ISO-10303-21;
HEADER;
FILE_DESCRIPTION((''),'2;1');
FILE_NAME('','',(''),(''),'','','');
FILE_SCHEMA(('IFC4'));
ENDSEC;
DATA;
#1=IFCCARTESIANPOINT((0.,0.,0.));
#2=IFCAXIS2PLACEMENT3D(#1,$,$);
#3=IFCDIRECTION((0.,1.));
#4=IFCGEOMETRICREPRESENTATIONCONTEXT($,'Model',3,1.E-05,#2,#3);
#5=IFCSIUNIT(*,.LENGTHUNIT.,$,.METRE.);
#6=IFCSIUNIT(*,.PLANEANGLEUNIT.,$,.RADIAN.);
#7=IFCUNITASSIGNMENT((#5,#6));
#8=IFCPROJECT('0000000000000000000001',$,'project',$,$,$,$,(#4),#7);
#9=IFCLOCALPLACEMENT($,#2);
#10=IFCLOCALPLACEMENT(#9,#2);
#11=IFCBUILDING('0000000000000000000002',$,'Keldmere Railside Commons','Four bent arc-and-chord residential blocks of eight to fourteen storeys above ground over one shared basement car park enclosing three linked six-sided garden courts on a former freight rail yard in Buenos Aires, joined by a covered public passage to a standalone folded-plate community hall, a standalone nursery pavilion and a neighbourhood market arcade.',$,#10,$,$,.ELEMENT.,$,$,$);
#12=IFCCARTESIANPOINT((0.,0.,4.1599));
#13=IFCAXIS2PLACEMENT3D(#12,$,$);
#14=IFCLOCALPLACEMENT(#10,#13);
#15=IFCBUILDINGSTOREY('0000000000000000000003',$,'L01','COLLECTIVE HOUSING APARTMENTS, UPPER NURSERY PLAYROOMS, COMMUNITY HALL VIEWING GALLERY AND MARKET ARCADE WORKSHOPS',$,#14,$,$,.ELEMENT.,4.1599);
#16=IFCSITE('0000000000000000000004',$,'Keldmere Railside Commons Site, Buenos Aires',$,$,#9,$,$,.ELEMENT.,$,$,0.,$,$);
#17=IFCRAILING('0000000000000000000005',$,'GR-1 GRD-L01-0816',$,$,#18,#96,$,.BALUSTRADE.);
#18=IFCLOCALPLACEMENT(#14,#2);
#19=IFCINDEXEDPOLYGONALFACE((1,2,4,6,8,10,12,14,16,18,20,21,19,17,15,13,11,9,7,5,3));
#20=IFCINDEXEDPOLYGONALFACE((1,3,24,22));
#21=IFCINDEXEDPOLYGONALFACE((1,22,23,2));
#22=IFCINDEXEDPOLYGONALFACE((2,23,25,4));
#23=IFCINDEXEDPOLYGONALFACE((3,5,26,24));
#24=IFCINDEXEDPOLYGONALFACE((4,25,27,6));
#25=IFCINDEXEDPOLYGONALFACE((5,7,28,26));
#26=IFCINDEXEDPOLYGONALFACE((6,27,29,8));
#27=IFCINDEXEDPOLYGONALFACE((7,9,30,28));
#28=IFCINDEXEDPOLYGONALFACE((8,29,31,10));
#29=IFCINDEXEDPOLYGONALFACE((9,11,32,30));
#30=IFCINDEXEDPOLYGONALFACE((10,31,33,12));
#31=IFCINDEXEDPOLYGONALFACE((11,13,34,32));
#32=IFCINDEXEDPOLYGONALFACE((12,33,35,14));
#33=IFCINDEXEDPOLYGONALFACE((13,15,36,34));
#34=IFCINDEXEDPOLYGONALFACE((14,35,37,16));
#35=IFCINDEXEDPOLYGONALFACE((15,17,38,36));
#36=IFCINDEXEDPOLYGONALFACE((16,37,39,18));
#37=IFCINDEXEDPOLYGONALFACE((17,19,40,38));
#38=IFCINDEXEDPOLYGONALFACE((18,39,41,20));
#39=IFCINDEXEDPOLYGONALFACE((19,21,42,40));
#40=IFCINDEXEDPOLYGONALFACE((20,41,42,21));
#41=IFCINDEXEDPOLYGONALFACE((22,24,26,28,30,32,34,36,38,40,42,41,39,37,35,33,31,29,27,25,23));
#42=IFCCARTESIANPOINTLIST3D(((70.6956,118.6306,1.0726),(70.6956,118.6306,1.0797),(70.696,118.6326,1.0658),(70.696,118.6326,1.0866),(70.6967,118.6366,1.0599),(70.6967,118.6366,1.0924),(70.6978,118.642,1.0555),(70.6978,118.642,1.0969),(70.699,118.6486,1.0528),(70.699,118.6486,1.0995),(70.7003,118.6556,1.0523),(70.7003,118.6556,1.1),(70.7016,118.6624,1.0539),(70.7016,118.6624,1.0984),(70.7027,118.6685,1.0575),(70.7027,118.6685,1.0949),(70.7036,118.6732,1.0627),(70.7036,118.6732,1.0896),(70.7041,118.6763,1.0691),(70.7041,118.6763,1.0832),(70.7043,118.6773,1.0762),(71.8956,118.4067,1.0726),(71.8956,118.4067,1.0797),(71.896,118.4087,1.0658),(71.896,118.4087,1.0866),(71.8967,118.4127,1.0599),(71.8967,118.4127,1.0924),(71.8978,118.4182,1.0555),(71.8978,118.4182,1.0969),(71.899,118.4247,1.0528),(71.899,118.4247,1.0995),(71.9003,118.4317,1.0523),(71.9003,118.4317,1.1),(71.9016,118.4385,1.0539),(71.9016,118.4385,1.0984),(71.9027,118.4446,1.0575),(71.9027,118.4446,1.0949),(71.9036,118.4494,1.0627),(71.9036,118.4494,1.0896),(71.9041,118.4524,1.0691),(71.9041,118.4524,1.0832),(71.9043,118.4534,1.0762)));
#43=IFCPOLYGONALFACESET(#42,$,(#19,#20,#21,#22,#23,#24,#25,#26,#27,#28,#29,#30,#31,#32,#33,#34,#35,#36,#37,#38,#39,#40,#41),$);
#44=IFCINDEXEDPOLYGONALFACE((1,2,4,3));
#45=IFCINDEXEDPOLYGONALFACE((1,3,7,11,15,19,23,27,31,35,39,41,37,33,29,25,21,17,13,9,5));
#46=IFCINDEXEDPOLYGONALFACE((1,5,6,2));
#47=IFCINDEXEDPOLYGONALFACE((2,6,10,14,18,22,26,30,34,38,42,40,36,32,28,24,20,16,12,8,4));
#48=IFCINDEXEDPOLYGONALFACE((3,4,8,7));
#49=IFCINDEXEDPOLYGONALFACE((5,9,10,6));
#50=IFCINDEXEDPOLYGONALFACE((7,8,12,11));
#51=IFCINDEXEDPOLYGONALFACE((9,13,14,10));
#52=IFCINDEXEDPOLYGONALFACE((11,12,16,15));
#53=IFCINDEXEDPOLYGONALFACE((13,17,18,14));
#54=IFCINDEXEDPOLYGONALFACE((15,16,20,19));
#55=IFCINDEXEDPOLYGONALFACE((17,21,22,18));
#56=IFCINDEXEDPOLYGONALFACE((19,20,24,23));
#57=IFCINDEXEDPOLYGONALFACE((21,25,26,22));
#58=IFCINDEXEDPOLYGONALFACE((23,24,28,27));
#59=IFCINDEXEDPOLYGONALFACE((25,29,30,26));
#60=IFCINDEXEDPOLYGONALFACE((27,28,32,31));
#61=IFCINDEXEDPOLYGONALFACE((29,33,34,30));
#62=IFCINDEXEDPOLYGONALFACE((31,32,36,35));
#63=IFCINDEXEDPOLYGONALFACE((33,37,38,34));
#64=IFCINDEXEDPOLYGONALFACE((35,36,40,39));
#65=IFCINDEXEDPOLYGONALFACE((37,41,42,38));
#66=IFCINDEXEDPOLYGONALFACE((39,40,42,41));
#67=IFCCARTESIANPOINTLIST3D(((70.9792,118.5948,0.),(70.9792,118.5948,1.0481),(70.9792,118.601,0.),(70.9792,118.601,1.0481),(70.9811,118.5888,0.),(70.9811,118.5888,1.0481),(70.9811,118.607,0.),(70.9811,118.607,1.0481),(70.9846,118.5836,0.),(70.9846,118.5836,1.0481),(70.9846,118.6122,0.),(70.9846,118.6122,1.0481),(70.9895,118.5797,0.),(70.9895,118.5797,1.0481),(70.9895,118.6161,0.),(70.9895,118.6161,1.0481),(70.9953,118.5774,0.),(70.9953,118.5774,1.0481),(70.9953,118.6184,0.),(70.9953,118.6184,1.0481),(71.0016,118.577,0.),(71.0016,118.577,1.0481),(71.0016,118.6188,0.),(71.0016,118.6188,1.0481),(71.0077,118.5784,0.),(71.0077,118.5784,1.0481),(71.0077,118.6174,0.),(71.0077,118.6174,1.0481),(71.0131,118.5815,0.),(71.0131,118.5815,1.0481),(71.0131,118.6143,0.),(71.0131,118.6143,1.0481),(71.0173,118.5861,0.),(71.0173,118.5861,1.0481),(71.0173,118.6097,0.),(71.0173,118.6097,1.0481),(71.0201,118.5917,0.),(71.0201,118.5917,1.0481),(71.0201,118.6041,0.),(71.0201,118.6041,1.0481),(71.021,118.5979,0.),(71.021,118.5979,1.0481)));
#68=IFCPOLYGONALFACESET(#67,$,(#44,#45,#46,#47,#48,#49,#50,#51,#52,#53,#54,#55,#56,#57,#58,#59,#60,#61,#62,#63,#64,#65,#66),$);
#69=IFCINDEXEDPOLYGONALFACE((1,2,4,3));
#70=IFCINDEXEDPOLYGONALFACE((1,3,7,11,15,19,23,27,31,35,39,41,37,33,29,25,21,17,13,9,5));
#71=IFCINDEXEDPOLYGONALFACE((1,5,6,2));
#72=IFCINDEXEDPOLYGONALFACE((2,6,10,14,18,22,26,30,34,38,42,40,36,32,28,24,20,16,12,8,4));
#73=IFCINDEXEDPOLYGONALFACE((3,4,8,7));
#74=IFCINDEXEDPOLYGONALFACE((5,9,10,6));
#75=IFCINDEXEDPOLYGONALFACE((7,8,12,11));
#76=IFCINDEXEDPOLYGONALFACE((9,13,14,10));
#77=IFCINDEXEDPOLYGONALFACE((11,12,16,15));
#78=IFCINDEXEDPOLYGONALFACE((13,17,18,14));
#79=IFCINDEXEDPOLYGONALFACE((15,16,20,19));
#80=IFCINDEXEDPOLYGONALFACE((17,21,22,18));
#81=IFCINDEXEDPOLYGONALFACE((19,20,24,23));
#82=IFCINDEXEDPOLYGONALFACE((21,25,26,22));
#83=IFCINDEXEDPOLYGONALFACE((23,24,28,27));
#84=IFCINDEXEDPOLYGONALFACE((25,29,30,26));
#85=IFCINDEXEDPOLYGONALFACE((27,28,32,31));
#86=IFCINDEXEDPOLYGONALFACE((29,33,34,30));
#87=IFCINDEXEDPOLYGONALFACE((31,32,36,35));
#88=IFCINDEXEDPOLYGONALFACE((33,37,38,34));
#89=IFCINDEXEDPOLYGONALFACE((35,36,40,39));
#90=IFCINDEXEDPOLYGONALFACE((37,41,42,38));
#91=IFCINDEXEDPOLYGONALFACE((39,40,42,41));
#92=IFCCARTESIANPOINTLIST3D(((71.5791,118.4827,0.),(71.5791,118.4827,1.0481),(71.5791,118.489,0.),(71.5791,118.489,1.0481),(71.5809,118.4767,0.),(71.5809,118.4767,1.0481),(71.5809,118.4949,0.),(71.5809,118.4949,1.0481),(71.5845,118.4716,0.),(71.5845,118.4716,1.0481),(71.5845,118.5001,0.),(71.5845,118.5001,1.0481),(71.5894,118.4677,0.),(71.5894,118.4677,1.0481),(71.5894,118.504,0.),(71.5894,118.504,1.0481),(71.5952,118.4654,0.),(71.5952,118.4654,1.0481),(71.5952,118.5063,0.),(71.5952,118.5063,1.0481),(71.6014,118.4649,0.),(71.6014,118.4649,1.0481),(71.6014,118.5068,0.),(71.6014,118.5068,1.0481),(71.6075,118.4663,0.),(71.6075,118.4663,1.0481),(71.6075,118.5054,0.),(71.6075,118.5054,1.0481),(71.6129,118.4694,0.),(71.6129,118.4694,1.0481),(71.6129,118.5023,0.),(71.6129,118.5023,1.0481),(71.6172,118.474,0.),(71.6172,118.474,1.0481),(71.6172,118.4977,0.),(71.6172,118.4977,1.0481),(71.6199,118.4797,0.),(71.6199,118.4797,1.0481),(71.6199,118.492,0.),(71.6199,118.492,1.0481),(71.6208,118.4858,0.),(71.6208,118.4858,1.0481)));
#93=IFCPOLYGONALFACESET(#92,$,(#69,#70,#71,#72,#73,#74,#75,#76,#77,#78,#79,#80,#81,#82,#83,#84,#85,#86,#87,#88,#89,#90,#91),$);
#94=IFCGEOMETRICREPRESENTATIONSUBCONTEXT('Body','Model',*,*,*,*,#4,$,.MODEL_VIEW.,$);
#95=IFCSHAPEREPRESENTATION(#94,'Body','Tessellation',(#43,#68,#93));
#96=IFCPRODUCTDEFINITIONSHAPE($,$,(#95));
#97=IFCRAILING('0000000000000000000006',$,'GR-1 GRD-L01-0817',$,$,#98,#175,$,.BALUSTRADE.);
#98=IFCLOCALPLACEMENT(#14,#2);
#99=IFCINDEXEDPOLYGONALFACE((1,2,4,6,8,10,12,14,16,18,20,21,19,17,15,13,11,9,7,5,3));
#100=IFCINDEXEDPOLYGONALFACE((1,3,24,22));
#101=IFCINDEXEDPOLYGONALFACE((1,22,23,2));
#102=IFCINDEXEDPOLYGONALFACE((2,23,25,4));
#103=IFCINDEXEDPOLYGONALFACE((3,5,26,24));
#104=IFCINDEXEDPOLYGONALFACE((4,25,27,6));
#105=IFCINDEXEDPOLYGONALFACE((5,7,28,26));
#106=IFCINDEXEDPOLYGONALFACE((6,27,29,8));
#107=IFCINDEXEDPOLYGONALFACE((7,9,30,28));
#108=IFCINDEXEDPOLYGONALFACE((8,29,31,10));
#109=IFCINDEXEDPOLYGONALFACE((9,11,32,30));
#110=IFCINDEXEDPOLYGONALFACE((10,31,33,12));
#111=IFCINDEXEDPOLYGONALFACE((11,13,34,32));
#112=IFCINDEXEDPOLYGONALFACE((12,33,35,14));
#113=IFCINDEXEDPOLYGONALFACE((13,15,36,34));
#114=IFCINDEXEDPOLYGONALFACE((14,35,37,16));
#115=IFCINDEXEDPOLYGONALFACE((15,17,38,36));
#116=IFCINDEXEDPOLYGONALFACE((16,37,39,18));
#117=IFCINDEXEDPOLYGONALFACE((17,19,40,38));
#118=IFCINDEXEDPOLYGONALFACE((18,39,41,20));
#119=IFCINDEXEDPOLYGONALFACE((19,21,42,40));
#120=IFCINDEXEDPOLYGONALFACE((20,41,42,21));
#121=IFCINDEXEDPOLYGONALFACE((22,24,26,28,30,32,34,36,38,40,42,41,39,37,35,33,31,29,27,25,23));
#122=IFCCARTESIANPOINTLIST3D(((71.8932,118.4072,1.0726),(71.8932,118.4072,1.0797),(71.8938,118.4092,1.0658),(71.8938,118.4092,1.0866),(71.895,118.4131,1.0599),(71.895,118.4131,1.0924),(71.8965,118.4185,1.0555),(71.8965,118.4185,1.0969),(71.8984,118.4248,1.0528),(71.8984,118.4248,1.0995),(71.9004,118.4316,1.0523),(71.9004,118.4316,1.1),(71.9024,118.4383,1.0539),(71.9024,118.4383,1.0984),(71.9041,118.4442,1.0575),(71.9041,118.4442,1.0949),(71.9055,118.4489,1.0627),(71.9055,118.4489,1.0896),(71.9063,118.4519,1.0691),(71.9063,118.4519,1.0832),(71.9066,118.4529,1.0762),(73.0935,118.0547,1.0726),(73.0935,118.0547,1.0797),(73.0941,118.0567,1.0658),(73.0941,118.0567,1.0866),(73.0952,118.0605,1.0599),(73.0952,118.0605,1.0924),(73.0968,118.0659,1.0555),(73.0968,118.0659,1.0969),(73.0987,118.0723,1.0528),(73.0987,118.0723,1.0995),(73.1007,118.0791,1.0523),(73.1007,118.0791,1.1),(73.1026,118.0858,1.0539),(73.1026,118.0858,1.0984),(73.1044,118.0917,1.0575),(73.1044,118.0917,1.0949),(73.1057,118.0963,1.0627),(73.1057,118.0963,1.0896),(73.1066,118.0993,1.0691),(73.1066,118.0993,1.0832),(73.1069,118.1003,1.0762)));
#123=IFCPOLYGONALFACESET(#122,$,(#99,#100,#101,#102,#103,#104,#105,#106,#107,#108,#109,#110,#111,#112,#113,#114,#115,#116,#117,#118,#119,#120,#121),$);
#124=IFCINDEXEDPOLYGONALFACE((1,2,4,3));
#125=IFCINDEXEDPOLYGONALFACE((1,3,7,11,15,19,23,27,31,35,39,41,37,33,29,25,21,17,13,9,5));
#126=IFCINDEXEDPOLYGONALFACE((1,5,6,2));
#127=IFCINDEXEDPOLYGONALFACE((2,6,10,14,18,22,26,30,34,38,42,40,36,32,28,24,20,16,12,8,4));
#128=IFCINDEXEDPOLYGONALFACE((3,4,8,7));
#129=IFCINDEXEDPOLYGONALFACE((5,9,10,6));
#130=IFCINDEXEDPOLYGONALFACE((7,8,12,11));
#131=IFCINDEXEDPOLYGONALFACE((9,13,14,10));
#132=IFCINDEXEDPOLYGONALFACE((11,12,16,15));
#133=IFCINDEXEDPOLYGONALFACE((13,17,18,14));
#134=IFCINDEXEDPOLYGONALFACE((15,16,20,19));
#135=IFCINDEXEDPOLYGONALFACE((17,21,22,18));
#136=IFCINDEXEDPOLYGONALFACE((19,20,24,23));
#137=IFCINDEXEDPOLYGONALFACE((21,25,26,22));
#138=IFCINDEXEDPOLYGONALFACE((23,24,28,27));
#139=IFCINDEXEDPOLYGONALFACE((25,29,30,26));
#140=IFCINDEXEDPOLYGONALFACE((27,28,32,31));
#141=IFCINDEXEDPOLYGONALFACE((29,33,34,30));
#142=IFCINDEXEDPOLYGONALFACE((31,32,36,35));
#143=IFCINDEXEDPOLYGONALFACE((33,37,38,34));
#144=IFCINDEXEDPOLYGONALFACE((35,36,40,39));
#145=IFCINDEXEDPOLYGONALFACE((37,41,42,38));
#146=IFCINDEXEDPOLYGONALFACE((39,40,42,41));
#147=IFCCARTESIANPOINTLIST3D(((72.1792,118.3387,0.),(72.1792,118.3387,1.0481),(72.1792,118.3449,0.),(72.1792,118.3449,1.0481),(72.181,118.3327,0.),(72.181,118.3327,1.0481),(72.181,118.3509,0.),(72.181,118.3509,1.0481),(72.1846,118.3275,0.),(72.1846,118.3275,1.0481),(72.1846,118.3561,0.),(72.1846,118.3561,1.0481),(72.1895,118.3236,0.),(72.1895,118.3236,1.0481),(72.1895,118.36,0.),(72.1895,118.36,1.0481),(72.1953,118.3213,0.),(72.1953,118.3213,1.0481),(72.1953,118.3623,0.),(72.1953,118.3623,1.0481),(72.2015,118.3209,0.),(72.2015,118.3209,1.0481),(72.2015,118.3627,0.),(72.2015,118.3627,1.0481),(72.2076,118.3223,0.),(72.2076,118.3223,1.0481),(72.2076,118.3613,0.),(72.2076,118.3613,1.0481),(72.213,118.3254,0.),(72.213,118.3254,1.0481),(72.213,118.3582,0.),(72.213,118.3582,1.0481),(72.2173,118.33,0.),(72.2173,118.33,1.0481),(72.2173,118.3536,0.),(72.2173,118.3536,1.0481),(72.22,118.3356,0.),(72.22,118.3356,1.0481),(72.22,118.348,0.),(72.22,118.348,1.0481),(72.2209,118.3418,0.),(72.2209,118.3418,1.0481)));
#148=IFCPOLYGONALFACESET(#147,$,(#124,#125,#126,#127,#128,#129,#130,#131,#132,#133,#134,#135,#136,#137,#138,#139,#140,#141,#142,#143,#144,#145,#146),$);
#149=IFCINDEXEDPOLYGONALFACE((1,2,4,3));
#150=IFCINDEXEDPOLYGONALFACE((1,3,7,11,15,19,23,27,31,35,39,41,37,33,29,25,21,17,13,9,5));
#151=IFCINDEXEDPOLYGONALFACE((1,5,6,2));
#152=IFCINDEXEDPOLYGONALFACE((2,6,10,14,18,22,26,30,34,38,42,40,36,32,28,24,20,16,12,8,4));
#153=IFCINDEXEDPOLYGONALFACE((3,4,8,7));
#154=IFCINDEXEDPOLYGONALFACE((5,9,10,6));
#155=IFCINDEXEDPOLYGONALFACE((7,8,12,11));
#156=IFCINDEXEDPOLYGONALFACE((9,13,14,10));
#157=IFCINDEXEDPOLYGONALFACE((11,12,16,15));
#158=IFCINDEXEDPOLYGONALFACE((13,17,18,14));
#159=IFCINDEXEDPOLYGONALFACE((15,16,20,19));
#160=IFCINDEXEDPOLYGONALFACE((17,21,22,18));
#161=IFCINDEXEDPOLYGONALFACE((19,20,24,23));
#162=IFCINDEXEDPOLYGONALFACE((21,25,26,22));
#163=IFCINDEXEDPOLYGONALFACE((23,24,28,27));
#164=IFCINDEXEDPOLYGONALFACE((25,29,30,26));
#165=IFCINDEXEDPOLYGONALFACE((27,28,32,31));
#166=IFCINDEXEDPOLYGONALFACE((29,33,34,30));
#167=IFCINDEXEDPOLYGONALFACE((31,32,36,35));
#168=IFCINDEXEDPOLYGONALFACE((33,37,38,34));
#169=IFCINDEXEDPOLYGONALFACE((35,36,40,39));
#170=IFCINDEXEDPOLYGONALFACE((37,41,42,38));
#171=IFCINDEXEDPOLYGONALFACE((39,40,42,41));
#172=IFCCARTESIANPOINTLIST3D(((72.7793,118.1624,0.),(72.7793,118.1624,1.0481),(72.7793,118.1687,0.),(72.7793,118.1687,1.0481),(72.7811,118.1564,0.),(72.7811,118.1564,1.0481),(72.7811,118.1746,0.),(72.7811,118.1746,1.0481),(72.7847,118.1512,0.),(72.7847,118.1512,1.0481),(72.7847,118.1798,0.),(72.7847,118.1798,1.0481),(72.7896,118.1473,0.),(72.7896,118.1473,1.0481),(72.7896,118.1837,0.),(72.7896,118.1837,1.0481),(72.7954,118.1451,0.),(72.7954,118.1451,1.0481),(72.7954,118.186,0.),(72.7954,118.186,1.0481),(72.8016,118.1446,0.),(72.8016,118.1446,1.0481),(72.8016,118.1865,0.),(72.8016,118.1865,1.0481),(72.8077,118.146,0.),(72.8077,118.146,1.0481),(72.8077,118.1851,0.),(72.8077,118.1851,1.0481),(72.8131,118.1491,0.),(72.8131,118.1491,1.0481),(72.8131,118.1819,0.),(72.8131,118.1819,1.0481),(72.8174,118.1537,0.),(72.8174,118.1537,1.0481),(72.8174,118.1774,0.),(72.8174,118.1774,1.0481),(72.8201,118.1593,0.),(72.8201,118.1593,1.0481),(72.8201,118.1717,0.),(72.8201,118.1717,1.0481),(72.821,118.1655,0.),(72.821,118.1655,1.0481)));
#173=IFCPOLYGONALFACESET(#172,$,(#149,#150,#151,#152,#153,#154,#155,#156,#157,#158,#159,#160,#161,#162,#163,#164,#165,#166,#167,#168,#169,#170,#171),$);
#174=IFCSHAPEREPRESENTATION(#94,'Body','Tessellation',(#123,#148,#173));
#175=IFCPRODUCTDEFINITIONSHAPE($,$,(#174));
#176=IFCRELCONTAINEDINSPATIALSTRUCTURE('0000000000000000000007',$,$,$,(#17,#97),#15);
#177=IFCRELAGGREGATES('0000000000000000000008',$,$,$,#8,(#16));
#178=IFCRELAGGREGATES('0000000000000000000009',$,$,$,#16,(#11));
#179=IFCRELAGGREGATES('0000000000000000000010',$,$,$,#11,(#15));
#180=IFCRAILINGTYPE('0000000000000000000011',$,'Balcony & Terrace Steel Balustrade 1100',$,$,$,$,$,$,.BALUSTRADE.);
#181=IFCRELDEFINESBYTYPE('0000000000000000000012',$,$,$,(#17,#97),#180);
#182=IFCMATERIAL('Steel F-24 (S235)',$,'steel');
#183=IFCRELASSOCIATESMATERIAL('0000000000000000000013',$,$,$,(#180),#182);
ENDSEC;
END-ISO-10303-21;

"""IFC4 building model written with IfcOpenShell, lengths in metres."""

from ifc_helpers import new_model, si_unit, direction, frame, origin, origin_2d, place, context, subcontext, project, spatial, circle, extrude, material, type_object, element, save


model = new_model("IFC4")

# Units and contexts
model_context = context("Model", 3, precision=1e-05, world=origin(), true_north=direction((0.0, 1.0)))
body_context = subcontext(model_context, "Body", "Model", "MODEL_VIEW")
ifc_project = project(units=[si_unit("LENGTHUNIT", "METRE"), si_unit("PLANEANGLEUNIT", "RADIAN")], contexts=[model_context])

# Site, building, storey
site_placement = place(None, origin())
site = spatial("IfcSite", under=ifc_project, at=site_placement, Name="Keldmere Railside Commons Site, Buenos Aires", CompositionType="ELEMENT", RefElevation=0.0)
building_placement = place(site_placement, origin())
building = spatial("IfcBuilding", under=site, at=building_placement, Name="Keldmere Railside Commons", Description="Four bent arc-and-chord residential blocks of eight to fourteen storeys above ground over one shared basement car park enclosing three linked six-sided garden courts on a former freight rail yard in Buenos Aires, joined by a covered public passage to a standalone folded-plate community hall, a standalone nursery pavilion and a neighbourhood market arcade.", CompositionType="ELEMENT")
storey_placement = place(building_placement, frame((0.0, 0.0, 4.1599)))
storey = spatial("IfcBuildingStorey", under=building, at=storey_placement, Name="L01", Description="COLLECTIVE HOUSING APARTMENTS, UPPER NURSERY PLAYROOMS, COMMUNITY HALL VIEWING GALLERY AND MARKET ARCADE WORKSHOPS", CompositionType="ELEMENT", Elevation=4.1599)

# Railings
ifc_material_1 = material(Name="Steel F-24 (S235)", Category="steel")
railing_type_1 = type_object("IfcRailingType", Name="Balcony & Terrace Steel Balustrade 1100", PredefinedType="BALUSTRADE", material=ifc_material_1)
railing_1_placement = place(storey_placement, frame((70.7, 118.6538, 0.0)))
element("IfcRailing", 1, at=railing_1_placement, inside=storey, type_object=railing_type_1, Name="GR-1 GRD-L01-0816", PredefinedType="BALUSTRADE", context=body_context, shape_type="SweptSolid", body=[
    extrude(circle(Radius=0.0239, at=origin_2d()), frame((0.0, 0.0, 1.0762), z_axis=(0.983037, -0.183407, 0.0), x_axis=(0.183407, 0.983037, 0.0)), (0.0, 0.0, 1.0), 1.2207),
    extrude(circle(Radius=0.021, at=origin_2d()), frame((0.3, -0.0559, 0.0)), (0.0, 0.0, 1.0), 1.0481),
    extrude(circle(Radius=0.021, at=origin_2d()), frame((0.8999, -0.168, 0.0)), (0.0, 0.0, 1.0), 1.0481),
])
railing_2_placement = place(storey_placement, frame((71.8999, 118.4299, 0.0)))
element("IfcRailing", 2, at=railing_2_placement, inside=storey, type_object=railing_type_1, Name="GR-1 GRD-L01-0817", PredefinedType="BALUSTRADE", context=body_context, shape_type="SweptSolid", body=[
    extrude(circle(Radius=0.0239, at=origin_2d()), frame((0.0, 0.0, 1.0762), z_axis=(0.959465, -0.281828, 0.0), x_axis=(0.281828, 0.959465, 0.0)), (0.0, 0.0, 1.0), 1.251),
    extrude(circle(Radius=0.021, at=origin_2d()), frame((0.3, -0.0881, 0.0)), (0.0, 0.0, 1.0), 1.0481),
    extrude(circle(Radius=0.021, at=origin_2d()), frame((0.9001, -0.2644, 0.0)), (0.0, 0.0, 1.0), 1.0481),
])

save(model, "model.ifc")
